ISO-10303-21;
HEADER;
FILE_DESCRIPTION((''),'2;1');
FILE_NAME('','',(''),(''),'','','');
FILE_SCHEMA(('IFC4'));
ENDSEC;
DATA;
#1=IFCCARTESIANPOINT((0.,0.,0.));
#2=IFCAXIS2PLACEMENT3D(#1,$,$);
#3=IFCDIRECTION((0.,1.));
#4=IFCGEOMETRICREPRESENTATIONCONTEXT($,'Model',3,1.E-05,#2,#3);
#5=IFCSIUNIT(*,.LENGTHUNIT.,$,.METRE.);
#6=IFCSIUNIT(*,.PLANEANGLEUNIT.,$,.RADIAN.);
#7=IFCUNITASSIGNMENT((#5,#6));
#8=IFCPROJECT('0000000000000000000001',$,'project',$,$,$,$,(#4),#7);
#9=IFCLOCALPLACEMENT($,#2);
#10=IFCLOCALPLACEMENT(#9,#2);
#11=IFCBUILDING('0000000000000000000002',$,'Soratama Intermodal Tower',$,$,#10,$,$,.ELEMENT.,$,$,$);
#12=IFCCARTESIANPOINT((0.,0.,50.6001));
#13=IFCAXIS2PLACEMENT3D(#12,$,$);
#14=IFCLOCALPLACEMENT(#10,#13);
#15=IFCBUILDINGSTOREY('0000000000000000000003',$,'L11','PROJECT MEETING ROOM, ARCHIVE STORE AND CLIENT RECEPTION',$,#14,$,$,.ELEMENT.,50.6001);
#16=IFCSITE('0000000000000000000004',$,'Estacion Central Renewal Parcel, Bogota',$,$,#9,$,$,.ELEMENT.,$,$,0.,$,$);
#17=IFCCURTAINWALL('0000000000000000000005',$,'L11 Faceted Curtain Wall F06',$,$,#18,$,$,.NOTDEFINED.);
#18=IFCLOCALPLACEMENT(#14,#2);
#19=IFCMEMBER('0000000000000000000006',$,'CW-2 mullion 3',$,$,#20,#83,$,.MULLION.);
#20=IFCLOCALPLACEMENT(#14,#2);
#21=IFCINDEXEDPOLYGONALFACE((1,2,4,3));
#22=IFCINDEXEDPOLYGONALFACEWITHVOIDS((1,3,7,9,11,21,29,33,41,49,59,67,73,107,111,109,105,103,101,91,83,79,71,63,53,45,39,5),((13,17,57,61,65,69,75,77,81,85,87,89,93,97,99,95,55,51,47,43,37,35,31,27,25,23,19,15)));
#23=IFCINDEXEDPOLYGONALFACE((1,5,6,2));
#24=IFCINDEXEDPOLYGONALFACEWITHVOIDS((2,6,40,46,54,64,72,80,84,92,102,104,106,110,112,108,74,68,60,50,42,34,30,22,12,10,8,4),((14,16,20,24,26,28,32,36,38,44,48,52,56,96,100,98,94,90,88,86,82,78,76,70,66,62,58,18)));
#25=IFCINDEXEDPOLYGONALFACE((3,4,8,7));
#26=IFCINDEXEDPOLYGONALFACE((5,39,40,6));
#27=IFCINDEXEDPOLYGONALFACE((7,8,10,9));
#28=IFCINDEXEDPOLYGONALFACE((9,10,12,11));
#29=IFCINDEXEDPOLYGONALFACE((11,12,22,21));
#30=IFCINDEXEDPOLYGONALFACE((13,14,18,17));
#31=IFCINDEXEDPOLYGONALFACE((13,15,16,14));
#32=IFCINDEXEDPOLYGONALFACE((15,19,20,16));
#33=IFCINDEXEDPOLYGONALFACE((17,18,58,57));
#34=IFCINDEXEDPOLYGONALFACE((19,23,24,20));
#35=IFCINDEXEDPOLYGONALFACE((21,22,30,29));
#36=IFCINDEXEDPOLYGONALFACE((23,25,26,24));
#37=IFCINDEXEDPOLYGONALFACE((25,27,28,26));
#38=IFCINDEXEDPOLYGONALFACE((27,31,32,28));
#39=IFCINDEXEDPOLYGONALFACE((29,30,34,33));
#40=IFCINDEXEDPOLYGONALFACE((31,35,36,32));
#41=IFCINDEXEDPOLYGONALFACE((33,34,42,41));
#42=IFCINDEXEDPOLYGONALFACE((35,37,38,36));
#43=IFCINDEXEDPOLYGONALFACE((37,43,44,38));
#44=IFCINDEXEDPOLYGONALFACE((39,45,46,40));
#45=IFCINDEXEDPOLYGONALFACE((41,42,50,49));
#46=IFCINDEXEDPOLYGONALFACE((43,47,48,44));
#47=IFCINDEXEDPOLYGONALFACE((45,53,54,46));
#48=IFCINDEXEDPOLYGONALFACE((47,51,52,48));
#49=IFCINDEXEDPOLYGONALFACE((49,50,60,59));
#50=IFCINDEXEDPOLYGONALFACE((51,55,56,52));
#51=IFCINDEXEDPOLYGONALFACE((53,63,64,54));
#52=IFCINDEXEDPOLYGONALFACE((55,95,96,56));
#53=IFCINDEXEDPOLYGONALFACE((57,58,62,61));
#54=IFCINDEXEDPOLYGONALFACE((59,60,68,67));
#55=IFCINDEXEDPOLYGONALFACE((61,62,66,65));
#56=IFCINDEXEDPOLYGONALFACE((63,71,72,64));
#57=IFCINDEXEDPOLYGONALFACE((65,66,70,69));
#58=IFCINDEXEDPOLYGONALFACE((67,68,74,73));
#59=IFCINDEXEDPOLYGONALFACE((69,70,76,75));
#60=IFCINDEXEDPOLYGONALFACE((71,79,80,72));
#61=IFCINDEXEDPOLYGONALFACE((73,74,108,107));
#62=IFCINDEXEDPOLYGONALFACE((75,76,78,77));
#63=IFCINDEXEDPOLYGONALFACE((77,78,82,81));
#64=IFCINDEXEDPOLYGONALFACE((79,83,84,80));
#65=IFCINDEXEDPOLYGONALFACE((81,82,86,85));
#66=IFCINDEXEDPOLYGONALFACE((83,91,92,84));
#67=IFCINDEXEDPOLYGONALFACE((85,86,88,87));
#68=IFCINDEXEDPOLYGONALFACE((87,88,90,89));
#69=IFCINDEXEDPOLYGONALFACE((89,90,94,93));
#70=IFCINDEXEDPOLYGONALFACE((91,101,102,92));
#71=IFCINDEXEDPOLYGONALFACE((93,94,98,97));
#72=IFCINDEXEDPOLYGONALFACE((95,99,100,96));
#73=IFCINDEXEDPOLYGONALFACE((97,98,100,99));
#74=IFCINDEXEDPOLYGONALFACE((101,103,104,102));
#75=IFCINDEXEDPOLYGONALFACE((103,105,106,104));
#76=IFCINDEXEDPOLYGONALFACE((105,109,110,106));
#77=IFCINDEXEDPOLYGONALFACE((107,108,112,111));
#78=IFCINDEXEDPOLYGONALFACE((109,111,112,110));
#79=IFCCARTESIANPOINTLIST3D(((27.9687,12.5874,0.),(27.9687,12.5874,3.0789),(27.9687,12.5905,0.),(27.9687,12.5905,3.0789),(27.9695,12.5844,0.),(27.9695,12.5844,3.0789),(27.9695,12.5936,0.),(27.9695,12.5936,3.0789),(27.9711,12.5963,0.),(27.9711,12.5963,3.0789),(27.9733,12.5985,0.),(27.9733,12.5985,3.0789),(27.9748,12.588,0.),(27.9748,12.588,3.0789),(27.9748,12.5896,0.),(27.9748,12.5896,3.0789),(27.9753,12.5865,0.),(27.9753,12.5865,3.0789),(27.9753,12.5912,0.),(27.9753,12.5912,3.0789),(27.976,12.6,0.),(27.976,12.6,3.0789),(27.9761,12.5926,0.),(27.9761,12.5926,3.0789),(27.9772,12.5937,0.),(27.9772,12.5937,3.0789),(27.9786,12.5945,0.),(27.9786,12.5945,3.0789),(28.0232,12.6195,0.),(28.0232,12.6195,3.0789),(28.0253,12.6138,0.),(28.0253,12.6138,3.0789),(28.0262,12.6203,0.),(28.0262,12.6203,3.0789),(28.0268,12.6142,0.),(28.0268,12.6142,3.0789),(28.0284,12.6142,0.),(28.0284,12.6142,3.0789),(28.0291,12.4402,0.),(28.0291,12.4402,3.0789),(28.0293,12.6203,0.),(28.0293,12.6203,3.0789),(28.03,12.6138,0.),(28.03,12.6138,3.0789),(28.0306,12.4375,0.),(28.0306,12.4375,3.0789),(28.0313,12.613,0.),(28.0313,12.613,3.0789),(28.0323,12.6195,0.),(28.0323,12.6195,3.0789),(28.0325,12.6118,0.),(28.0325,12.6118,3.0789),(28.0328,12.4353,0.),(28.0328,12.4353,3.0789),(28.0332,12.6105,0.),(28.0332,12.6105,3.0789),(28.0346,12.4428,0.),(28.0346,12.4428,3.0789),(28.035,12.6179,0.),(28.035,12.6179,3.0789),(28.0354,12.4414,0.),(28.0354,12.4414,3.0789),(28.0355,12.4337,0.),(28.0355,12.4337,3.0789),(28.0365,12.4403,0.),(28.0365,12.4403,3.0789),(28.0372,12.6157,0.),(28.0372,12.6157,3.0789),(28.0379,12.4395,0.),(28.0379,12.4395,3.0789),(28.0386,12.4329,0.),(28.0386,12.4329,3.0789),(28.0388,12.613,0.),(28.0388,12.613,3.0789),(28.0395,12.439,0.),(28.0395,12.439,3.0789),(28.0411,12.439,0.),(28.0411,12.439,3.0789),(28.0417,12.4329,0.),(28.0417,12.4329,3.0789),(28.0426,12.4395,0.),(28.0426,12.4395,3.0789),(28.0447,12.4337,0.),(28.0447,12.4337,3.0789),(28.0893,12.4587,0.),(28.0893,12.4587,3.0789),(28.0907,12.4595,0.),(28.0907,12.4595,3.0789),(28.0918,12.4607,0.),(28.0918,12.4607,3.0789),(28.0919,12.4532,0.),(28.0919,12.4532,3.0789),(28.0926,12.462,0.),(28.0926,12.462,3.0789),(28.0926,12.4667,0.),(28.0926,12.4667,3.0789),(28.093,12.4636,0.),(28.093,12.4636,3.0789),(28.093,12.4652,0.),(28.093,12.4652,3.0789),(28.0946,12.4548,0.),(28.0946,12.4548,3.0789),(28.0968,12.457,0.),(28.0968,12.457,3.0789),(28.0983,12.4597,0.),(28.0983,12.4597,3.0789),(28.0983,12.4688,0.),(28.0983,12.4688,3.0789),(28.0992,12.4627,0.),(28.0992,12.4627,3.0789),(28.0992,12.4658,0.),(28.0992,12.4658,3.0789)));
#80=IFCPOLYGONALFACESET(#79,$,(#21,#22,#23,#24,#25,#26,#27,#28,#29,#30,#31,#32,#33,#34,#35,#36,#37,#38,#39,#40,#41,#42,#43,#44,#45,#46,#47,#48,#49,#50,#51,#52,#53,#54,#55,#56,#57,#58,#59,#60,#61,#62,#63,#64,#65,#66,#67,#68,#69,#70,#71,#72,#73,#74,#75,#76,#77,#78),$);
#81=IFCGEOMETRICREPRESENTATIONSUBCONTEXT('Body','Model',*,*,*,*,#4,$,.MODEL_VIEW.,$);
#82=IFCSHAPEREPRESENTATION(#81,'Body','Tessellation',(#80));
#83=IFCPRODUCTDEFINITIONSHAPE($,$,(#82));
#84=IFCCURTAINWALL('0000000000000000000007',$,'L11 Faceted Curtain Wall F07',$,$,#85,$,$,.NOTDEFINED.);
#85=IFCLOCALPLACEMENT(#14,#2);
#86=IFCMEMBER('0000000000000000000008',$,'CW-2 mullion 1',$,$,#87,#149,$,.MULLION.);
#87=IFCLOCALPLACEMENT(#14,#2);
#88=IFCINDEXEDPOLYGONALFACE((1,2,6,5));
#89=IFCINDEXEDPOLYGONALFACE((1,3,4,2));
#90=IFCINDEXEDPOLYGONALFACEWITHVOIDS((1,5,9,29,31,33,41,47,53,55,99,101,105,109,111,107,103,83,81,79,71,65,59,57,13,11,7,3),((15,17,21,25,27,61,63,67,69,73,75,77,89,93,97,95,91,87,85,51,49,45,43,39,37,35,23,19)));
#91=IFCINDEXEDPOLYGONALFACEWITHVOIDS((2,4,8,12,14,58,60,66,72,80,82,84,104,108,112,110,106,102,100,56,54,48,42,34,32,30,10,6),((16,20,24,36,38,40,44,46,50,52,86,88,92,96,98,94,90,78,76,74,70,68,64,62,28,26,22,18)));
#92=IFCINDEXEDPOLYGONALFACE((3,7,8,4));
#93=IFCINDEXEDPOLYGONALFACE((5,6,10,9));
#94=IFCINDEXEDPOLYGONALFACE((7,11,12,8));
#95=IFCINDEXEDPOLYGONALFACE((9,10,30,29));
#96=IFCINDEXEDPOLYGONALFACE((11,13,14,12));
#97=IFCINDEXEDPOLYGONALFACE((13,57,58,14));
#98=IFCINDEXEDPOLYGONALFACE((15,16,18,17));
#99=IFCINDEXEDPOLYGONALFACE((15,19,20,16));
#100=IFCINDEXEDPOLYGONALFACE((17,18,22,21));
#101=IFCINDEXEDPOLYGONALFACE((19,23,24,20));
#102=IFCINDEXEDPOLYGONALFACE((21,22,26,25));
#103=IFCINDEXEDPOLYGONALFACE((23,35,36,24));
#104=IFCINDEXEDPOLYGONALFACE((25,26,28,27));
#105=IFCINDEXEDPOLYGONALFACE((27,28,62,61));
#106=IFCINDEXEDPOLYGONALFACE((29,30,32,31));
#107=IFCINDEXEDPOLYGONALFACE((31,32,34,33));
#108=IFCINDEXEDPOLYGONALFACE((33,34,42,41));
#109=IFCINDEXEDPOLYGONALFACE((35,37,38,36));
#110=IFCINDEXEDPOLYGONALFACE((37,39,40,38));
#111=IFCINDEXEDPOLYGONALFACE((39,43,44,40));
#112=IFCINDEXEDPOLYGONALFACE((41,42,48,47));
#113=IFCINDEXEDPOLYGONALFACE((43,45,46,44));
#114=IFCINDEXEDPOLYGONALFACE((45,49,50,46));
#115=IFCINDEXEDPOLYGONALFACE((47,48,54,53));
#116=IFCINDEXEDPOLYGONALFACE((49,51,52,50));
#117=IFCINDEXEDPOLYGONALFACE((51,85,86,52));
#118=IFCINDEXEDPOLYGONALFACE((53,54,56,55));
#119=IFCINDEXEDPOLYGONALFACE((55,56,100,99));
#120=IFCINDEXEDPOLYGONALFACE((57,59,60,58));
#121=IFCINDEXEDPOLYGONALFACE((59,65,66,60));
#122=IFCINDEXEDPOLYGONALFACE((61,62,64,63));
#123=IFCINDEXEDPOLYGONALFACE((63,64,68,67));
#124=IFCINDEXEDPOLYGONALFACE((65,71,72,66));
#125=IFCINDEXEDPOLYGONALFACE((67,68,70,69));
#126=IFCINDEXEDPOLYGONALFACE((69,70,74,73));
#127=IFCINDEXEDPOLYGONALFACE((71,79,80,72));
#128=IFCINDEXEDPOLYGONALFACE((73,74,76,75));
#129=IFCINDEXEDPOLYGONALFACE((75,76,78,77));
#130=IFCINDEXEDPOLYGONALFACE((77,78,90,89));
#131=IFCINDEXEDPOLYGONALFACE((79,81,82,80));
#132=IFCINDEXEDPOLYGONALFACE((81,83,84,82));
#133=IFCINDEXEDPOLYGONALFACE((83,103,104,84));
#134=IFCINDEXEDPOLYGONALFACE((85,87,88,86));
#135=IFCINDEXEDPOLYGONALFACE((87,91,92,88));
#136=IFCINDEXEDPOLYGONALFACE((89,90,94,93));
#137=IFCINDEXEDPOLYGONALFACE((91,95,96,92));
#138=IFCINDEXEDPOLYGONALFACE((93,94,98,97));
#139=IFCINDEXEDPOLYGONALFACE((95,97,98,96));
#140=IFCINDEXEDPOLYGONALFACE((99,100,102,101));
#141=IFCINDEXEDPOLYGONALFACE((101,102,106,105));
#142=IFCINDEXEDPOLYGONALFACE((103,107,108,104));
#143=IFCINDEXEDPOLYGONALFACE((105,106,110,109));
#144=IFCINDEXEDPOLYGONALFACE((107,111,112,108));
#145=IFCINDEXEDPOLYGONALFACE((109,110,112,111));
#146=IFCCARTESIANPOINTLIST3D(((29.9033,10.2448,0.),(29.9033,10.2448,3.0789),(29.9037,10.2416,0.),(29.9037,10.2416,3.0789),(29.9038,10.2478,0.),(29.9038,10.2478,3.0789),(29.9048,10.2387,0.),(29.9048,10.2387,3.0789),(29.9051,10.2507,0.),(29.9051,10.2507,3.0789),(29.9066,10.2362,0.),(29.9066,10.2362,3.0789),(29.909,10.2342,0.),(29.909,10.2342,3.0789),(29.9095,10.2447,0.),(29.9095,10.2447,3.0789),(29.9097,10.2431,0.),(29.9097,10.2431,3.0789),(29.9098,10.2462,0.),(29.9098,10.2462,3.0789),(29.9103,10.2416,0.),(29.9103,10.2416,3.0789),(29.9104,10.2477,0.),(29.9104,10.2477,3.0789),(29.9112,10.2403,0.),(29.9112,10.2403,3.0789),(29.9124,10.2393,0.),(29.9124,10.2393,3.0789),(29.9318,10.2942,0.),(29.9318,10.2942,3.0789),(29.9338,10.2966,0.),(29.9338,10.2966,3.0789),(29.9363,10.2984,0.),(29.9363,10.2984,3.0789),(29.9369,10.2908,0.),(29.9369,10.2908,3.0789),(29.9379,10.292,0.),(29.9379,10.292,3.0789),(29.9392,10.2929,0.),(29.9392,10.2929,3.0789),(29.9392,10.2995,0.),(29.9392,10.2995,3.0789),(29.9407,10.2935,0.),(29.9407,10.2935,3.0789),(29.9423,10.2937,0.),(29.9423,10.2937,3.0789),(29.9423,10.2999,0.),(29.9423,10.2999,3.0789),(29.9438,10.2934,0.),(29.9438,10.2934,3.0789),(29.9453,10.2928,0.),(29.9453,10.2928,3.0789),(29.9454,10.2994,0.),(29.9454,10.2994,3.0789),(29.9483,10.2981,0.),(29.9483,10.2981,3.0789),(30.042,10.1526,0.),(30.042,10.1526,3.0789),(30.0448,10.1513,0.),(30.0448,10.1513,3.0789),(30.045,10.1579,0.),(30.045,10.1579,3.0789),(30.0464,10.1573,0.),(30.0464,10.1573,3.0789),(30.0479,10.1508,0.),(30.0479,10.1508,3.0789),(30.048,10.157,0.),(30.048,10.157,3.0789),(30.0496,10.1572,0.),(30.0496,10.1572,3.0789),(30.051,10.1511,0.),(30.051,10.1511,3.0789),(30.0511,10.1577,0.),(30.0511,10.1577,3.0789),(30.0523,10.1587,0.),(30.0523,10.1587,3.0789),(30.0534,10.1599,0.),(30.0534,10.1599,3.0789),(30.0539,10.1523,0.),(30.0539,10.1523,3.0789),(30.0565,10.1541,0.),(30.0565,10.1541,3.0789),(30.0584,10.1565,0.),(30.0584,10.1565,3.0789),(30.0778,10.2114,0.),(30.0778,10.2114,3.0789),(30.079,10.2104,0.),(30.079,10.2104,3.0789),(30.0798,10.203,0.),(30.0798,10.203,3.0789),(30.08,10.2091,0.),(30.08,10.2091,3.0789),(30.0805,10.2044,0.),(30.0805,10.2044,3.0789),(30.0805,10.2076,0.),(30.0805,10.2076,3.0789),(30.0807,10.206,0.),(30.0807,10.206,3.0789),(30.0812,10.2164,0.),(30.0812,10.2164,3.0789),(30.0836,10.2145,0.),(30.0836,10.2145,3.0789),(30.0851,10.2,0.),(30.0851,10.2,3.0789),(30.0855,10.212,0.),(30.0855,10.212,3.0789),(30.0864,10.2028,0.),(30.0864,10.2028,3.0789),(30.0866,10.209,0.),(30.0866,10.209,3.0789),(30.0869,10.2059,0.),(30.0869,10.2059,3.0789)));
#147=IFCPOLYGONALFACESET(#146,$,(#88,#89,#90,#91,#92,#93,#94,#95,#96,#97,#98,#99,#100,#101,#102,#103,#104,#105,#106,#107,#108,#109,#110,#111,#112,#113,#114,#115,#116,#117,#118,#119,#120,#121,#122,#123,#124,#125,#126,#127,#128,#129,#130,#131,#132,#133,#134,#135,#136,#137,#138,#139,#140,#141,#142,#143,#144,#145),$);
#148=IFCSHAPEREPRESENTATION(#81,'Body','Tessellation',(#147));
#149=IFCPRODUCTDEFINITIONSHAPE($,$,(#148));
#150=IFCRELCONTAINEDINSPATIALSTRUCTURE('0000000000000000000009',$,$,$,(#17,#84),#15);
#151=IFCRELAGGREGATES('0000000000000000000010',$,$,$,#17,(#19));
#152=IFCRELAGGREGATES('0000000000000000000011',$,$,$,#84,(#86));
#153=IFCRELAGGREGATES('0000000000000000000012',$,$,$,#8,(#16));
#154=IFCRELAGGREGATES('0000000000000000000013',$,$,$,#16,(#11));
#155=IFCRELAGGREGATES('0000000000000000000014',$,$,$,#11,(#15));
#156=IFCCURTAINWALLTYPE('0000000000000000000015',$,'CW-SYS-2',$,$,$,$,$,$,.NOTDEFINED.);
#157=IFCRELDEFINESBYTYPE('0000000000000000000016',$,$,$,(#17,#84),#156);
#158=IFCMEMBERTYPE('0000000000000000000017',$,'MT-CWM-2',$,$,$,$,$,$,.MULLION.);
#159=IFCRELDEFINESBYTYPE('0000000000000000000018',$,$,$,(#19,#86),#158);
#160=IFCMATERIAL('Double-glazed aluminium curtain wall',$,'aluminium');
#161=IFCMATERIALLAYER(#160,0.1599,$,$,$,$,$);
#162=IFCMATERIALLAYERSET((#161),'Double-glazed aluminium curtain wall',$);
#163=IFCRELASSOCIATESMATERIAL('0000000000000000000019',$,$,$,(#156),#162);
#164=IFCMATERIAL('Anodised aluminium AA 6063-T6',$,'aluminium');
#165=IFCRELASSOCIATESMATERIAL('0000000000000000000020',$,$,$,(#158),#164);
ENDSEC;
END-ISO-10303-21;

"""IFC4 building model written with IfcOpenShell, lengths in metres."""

from ifc_helpers import new_model, si_unit, direction, frame, origin, origin_2d, place, context, subcontext, project, spatial, hollow_rectangle, extrude, material, layer, layer_set, material_profile, profile_set, type_object, element, aggregate, save


model = new_model("IFC4")

# Units and contexts
model_context = context("Model", 3, precision=1e-05, world=origin(), true_north=direction((0.0, 1.0)))
body_context = subcontext(model_context, "Body", "Model", "MODEL_VIEW")
ifc_project = project(units=[si_unit("LENGTHUNIT", "METRE"), si_unit("PLANEANGLEUNIT", "RADIAN")], contexts=[model_context])

# Site, building, storey
site_placement = place(None, origin())
site = spatial("IfcSite", under=ifc_project, at=site_placement, Name="Estacion Central Renewal Parcel, Bogota", CompositionType="ELEMENT", RefElevation=0.0)
building_placement = place(site_placement, origin())
building = spatial("IfcBuilding", under=site, at=building_placement, Name="Soratama Intermodal Tower", CompositionType="ELEMENT")
storey_placement = place(building_placement, frame((0.0, 0.0, 50.6001)))
storey = spatial("IfcBuildingStorey", under=building, at=storey_placement, Name="L11", Description="PROJECT MEETING ROOM, ARCHIVE STORE AND CLIENT RECEPTION", CompositionType="ELEMENT", Elevation=50.6001)

# Curtain wall, member
ifc_material_1 = material(Name="Double-glazed aluminium curtain wall", Category="aluminium")
ifc_layer_1 = layer(ifc_material_1, 0.1599)
ifc_layer_set_1 = layer_set([ifc_layer_1], Name="Double-glazed aluminium curtain wall")
curtain_wall_type = type_object("IfcCurtainWallType", Name="CW-SYS-2", PredefinedType="NOTDEFINED", material=ifc_layer_set_1)
curtain_wall_1_placement = place(storey_placement, origin())
curtain_wall_1 = element("IfcCurtainWall", 1, at=curtain_wall_1_placement, inside=storey, type_object=curtain_wall_type, Name="L11 Faceted Curtain Wall F06", PredefinedType="NOTDEFINED")
ifc_material_2 = material(Name="Anodised aluminium AA 6063-T6", Category="aluminium")
ifc_material_profile_1 = material_profile(ifc_material_2, hollow_rectangle(XDim=0.075, YDim=0.1799, WallThickness=0.0061, InnerFilletRadius=0.0061, OuterFilletRadius=0.012, at=origin_2d()), Name="CWM180X75X6")
ifc_profile_set_1 = profile_set([ifc_material_profile_1], Name="Anodised aluminium AA 6063-T6")
member_type_1 = type_object("IfcMemberType", Name="MT-CWM-2", PredefinedType="MULLION", material=ifc_profile_set_1)
member_1_placement = place(storey_placement, frame((28.0339, 12.5266, 0.0), z_axis=(0.0, 0.0, 1.0), x_axis=(0.924277, 0.381722, 0.0)))
member_1 = element("IfcMember", 2, at=member_1_placement, type_object=member_type_1, Name="CW-2 mullion 3", PredefinedType="MULLION", context=body_context, shape_type="SweptSolid", body=[
    extrude(hollow_rectangle(XDim=0.075, YDim=0.1799, WallThickness=0.0061, InnerFilletRadius=0.0061, OuterFilletRadius=0.012, at=origin_2d()), origin(), (0.0, 0.0, 1.0), 3.0789),
])

# Curtain wall, member
curtain_wall_2_placement = place(storey_placement, origin())
curtain_wall_2 = element("IfcCurtainWall", 3, at=curtain_wall_2_placement, inside=storey, type_object=curtain_wall_type, Name="L11 Faceted Curtain Wall F07", PredefinedType="NOTDEFINED")
member_2_placement = place(storey_placement, frame((29.9951, 10.2253, 0.0), z_axis=(0.0, 0.0, 1.0), x_axis=(0.523385, 0.852096, 0.0)))
member_2 = element("IfcMember", 4, at=member_2_placement, type_object=member_type_1, Name="CW-2 mullion 1", PredefinedType="MULLION", context=body_context, shape_type="SweptSolid", body=[
    extrude(hollow_rectangle(XDim=0.075, YDim=0.1799, WallThickness=0.0061, InnerFilletRadius=0.0061, OuterFilletRadius=0.012, at=origin_2d()), origin(), (0.0, 0.0, 1.0), 3.0789),
])

aggregate(curtain_wall_1, [member_1])
aggregate(curtain_wall_2, [member_2])

save(model, "model.ifc")
